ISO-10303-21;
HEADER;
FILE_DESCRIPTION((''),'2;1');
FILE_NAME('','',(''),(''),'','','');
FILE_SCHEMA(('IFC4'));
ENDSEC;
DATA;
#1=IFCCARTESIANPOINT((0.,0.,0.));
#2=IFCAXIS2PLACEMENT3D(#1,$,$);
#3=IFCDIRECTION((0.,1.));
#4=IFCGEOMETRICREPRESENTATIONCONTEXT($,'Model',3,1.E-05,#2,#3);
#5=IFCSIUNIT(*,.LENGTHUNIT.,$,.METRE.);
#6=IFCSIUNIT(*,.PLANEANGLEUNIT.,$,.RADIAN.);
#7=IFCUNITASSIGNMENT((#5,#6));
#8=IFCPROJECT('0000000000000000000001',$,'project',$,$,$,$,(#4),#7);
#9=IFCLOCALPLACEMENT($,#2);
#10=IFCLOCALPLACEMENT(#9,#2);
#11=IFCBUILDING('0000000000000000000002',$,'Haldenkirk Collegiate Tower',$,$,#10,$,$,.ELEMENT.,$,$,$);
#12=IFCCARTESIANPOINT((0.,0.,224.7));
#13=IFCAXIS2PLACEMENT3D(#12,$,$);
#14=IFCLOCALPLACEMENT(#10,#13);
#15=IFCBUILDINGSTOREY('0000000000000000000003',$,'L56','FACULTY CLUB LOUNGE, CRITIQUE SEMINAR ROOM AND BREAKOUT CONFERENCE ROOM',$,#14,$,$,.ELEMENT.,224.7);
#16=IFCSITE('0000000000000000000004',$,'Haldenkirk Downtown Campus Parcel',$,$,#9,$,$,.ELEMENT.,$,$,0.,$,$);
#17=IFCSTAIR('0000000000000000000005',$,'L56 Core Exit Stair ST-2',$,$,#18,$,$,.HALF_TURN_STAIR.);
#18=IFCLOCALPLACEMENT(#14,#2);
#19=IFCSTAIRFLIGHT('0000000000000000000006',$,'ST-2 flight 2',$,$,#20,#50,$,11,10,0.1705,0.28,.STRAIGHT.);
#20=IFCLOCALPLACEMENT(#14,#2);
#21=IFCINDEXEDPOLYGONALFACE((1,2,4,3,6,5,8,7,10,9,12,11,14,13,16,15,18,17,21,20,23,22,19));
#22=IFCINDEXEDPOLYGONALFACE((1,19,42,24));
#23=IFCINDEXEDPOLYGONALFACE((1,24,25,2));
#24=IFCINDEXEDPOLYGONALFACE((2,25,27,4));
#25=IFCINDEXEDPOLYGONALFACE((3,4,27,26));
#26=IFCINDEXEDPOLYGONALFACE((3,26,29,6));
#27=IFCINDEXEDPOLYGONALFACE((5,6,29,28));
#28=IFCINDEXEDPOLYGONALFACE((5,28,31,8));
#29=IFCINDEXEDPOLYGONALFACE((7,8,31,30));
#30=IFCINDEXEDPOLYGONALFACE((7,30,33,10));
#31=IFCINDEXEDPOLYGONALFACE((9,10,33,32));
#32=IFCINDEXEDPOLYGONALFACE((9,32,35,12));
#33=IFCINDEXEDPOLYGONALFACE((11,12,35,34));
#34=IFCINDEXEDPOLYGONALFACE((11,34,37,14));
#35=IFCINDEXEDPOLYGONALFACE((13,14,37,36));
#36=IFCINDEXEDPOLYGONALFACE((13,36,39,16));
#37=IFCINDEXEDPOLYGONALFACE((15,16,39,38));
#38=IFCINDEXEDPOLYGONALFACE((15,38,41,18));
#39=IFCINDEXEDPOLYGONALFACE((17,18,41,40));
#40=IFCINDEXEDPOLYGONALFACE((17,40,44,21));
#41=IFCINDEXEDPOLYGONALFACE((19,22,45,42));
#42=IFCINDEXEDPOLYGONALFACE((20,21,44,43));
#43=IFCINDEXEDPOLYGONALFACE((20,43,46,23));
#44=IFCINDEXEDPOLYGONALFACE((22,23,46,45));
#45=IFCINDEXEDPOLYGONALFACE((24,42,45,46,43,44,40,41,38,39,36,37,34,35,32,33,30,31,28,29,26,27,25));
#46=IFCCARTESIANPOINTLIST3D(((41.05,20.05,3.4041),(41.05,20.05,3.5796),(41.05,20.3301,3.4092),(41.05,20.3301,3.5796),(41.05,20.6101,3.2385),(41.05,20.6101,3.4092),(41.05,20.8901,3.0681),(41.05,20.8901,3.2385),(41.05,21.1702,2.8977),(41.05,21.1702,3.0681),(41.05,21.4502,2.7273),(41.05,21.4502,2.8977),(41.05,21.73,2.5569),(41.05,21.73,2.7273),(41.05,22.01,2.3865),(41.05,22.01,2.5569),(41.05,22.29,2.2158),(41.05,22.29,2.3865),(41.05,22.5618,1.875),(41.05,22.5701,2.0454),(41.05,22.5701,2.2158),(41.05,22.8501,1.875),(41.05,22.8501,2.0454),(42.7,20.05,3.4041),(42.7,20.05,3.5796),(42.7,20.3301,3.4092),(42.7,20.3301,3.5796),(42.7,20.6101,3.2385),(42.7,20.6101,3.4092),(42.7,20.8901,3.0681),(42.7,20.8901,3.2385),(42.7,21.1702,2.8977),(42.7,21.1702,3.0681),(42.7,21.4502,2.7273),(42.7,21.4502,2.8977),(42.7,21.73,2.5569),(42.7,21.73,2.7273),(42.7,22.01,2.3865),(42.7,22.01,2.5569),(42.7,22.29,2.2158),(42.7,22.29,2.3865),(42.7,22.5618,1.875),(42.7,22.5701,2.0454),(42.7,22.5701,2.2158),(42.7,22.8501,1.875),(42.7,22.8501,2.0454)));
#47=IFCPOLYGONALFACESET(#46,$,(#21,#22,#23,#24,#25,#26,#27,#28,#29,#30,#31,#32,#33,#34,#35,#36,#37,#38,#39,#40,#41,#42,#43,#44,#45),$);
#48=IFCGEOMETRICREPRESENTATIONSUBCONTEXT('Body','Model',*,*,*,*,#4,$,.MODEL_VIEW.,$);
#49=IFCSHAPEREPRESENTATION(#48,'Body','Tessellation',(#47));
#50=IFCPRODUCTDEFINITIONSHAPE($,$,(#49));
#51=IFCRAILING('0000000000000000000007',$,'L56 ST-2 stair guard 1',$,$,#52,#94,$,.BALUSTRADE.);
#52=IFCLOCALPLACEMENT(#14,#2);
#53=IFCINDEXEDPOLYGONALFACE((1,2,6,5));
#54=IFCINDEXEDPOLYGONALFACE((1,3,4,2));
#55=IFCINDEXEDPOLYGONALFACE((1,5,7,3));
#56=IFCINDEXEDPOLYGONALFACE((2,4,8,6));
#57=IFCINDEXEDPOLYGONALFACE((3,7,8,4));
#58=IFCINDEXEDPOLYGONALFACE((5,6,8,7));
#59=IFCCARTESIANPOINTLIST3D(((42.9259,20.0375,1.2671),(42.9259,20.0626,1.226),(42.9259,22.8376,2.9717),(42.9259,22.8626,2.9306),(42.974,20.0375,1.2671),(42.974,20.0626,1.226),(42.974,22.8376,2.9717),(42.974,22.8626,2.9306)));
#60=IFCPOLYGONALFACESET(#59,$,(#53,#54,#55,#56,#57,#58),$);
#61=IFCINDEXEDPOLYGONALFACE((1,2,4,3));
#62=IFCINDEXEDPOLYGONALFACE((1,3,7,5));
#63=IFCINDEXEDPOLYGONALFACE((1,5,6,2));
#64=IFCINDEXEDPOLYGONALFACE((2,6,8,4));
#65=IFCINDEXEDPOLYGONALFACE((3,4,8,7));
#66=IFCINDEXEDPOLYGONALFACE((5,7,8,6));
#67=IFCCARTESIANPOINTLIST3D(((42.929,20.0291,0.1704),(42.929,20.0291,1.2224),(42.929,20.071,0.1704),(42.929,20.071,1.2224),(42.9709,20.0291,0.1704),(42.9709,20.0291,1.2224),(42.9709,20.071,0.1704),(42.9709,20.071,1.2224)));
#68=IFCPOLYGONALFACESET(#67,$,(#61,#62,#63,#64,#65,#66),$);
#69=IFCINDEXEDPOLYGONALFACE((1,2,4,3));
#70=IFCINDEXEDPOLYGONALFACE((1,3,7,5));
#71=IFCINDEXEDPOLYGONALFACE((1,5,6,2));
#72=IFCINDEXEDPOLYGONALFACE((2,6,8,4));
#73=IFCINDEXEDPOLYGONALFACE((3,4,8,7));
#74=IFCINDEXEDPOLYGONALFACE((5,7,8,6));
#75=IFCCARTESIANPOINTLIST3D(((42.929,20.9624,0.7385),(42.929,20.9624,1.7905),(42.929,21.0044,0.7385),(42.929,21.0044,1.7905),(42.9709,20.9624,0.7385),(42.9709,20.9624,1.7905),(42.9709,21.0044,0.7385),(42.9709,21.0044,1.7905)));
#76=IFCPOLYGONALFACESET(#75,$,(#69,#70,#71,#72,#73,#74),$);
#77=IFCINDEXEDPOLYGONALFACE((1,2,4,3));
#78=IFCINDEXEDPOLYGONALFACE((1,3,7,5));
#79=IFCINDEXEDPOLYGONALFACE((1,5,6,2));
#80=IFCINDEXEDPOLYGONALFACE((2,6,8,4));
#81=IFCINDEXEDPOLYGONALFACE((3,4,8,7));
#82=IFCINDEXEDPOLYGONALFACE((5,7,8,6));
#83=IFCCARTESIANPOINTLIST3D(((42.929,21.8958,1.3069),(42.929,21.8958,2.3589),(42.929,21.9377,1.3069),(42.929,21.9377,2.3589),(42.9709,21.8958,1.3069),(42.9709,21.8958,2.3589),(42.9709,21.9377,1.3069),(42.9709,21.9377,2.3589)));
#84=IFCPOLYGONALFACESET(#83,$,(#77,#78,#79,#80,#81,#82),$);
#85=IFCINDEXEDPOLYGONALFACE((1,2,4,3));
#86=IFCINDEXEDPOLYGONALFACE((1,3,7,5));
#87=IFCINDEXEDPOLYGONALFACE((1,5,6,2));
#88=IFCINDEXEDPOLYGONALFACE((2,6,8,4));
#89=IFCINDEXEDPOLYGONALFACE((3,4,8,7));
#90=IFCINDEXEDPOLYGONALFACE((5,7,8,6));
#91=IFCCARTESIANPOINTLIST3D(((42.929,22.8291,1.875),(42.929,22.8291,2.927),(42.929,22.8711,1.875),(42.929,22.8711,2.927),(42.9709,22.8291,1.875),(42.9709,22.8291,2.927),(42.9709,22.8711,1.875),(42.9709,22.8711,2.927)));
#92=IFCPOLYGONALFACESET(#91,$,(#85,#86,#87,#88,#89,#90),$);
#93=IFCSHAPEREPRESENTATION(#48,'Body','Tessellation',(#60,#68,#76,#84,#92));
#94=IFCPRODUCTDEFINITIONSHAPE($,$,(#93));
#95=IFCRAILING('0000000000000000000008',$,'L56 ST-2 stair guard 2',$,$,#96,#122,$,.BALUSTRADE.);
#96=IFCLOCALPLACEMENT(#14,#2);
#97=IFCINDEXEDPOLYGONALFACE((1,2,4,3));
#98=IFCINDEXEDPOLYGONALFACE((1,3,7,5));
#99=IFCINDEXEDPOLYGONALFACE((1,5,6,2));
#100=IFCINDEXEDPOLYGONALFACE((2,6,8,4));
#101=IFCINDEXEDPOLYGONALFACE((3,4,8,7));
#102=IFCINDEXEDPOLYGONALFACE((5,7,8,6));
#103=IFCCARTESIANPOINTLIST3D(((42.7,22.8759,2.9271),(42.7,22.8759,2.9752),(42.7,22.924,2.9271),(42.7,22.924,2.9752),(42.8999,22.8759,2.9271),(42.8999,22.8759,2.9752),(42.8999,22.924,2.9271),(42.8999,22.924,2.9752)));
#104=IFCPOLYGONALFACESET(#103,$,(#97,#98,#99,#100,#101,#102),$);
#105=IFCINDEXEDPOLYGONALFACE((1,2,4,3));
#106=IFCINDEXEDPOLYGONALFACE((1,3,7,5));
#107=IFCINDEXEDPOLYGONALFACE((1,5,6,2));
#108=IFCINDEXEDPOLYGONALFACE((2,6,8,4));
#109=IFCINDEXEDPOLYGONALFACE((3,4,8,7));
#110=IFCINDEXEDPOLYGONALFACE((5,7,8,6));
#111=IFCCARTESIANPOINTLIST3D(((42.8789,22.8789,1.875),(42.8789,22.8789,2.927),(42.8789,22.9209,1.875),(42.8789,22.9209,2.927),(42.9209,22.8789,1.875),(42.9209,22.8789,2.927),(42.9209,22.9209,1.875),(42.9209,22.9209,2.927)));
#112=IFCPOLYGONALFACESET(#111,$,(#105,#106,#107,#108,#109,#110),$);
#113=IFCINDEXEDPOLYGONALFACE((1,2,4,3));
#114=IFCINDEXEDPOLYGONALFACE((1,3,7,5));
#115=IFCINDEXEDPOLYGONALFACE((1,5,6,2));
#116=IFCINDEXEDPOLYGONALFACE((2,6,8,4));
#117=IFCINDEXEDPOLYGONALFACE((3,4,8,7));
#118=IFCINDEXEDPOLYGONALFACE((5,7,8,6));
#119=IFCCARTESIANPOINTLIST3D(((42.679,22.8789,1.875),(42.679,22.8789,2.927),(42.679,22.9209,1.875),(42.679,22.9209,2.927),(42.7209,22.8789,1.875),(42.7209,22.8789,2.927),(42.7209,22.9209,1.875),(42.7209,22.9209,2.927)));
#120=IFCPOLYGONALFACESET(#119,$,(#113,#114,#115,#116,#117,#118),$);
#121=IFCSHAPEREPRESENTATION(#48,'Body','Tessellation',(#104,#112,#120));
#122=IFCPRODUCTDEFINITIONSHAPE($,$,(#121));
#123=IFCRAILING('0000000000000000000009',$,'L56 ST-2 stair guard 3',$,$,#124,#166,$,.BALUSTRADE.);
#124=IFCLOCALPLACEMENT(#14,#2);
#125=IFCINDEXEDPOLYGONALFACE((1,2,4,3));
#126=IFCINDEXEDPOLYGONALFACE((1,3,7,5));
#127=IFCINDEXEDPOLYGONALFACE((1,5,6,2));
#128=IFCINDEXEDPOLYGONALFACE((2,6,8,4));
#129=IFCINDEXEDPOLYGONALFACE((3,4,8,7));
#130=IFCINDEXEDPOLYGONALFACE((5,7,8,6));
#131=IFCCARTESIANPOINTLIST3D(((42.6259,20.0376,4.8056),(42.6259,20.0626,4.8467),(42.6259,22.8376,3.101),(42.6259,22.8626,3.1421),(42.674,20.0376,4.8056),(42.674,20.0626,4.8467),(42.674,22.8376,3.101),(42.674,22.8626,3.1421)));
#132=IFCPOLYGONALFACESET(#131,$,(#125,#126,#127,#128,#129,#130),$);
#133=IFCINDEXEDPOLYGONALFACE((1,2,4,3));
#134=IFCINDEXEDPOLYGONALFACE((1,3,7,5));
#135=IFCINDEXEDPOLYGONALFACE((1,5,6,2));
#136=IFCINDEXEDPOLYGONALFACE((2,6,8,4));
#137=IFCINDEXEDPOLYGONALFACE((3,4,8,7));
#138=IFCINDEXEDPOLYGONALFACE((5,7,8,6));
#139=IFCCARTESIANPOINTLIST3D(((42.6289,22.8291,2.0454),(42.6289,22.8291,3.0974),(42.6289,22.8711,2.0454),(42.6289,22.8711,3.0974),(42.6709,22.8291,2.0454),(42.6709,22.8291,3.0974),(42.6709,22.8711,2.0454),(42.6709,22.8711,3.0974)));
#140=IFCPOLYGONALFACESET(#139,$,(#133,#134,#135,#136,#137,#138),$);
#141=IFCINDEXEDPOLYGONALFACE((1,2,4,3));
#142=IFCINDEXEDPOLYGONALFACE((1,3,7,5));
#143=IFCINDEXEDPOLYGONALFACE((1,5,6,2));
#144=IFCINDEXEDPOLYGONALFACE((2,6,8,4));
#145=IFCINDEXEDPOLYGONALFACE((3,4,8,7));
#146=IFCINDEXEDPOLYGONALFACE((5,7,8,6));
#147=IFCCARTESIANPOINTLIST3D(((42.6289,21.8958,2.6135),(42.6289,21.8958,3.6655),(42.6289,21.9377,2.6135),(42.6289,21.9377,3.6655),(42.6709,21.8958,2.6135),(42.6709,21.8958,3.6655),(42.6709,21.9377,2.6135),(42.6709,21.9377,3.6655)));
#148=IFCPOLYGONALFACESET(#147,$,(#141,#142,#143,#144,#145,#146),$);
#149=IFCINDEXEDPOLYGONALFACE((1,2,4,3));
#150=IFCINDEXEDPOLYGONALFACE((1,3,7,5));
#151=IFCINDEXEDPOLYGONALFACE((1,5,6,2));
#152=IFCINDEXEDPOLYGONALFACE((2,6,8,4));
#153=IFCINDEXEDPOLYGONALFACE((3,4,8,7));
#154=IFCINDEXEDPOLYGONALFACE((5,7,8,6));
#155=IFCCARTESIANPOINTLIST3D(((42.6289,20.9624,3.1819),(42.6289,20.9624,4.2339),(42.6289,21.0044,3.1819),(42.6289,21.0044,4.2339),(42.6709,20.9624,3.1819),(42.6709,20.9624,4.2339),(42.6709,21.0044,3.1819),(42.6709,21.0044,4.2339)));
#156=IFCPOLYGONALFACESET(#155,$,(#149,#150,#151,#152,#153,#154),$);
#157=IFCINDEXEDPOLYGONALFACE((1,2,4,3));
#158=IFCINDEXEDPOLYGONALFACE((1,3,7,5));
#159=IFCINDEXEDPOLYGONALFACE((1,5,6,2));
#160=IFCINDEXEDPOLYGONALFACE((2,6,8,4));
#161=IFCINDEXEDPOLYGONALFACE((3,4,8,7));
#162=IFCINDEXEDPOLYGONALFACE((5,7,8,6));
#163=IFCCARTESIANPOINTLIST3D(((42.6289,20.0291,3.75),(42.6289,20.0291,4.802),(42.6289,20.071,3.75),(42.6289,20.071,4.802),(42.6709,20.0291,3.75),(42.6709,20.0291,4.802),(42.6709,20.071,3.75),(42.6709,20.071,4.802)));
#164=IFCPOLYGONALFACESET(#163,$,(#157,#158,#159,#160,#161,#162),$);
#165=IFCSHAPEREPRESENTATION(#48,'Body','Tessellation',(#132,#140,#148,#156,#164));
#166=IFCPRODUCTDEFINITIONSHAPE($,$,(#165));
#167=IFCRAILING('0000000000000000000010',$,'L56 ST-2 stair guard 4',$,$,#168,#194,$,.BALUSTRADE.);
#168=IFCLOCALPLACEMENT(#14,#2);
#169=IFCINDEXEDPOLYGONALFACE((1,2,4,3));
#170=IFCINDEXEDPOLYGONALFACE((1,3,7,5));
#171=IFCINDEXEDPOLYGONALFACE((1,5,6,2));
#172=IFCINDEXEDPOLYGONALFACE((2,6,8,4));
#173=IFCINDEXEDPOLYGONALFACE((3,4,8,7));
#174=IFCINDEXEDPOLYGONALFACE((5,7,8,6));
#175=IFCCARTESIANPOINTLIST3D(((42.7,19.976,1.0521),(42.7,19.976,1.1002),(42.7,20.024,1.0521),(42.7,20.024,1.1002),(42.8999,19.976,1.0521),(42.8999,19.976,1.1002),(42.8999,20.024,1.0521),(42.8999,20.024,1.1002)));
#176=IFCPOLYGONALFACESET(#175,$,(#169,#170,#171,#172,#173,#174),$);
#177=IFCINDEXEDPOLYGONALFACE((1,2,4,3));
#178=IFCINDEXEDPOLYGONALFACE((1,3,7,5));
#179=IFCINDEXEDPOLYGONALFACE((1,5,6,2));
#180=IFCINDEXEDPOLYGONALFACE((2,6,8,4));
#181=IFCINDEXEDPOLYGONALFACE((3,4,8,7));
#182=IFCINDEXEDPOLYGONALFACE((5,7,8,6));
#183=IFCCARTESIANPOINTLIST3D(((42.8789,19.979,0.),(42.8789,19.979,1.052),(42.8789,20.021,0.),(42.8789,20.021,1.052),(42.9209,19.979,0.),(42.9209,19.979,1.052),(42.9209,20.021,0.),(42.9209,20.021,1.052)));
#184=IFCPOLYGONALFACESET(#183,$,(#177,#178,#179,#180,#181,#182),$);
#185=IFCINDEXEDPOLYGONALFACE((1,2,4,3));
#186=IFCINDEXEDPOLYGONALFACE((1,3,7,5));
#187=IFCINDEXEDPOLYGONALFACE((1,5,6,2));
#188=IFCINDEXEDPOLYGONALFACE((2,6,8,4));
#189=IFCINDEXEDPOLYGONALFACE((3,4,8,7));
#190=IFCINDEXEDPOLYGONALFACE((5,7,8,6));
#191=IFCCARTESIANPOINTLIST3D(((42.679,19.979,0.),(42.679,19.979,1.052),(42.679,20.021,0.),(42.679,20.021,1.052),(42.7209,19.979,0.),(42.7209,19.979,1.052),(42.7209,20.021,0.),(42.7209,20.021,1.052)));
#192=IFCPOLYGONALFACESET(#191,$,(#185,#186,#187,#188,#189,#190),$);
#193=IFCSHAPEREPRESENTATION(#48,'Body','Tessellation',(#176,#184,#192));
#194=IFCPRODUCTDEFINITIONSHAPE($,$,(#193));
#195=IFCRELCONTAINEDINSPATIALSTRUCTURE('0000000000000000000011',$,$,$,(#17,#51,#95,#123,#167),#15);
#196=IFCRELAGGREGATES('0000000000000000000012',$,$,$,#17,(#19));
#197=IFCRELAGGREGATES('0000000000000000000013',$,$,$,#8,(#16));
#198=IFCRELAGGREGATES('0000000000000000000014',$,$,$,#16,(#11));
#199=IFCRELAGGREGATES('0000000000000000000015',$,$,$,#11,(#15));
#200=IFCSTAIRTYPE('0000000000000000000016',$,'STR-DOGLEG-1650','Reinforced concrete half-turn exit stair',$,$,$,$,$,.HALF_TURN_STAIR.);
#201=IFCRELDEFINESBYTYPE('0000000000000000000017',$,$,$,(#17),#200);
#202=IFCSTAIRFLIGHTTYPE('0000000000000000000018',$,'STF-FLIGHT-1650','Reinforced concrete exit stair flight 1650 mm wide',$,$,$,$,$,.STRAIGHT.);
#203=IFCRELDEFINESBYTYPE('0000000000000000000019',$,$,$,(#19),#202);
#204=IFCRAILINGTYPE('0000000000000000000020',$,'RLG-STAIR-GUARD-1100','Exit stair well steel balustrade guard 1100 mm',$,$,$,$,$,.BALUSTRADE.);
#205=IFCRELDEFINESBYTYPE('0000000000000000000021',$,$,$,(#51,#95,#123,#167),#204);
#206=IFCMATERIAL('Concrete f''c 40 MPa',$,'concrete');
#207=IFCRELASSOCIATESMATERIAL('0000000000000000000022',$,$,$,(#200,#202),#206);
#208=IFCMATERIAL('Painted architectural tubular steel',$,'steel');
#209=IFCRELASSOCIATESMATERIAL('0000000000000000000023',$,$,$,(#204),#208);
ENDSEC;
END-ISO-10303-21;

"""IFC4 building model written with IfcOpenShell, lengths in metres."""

from ifc_helpers import new_model, si_unit, direction, frame, origin, origin_2d, place, context, subcontext, project, spatial, polyline, rectangle, outline, extrude, material, type_object, element, aggregate, save


model = new_model("IFC4")

# Units and contexts
model_context = context("Model", 3, precision=1e-05, world=origin(), true_north=direction((0.0, 1.0)))
body_context = subcontext(model_context, "Body", "Model", "MODEL_VIEW")
ifc_project = project(units=[si_unit("LENGTHUNIT", "METRE"), si_unit("PLANEANGLEUNIT", "RADIAN")], contexts=[model_context])

# Site, building, storey
site_placement = place(None, origin())
site = spatial("IfcSite", under=ifc_project, at=site_placement, Name="Haldenkirk Downtown Campus Parcel", CompositionType="ELEMENT", RefElevation=0.0)
building_placement = place(site_placement, origin())
building = spatial("IfcBuilding", under=site, at=building_placement, Name="Haldenkirk Collegiate Tower", CompositionType="ELEMENT")
storey_placement = place(building_placement, frame((0.0, 0.0, 224.7)))
storey = spatial("IfcBuildingStorey", under=building, at=storey_placement, Name="L56", Description="FACULTY CLUB LOUNGE, CRITIQUE SEMINAR ROOM AND BREAKOUT CONFERENCE ROOM", CompositionType="ELEMENT", Elevation=224.7)

# Stair, stair flight
ifc_material_1 = material(Name="Concrete f'c 40 MPa", Category="concrete")
stair_type = type_object("IfcStairType", Name="STR-DOGLEG-1650", Description="Reinforced concrete half-turn exit stair", PredefinedType="HALF_TURN_STAIR", material=ifc_material_1)
stair_placement = place(storey_placement, origin())
stair = element("IfcStair", 1, at=stair_placement, inside=storey, type_object=stair_type, Name="L56 Core Exit Stair ST-2", PredefinedType="HALF_TURN_STAIR")
stair_flight_type = type_object("IfcStairFlightType", Name="STF-FLIGHT-1650", Description="Reinforced concrete exit stair flight 1650 mm wide", PredefinedType="STRAIGHT", material=ifc_material_1)
stair_flight_1_placement = place(storey_placement, frame((41.875, 22.8501, 1.875), z_axis=(0.0, 0.0, 1.0), x_axis=(0.0, -1.0, 0.0)))
stair_flight_1 = element("IfcStairFlight", 2, at=stair_flight_1_placement, type_object=stair_flight_type, Name="ST-2 flight 2", NumberOfRisers=11, NumberOfTreads=10, PredefinedType="STRAIGHT", RiserHeight=0.1705, TreadLength=0.28, context=body_context, shape_type="SweptSolid", body=[
    extrude(outline(polyline([(0.0, 0.0), (0.0, 0.1704), (0.28, 0.1704), (0.28, 0.3408), (0.5601, 0.3408), (0.5601, 0.5115), (0.8401, 0.5115), (0.8401, 0.6819), (1.1201, 0.6819), (1.1201, 0.8523), (1.3999, 0.8523), (1.3999, 1.0227), (1.6799, 1.0227), (1.6799, 1.1931), (1.96, 1.1931), (1.96, 1.3635), (2.24, 1.3635), (2.24, 1.5342), (2.52, 1.5342), (2.52, 1.7046), (2.8, 1.7046), (2.8, 1.875), (2.8, 1.5291), (0.2883, 0.0), (0.0, 0.0)])), frame((0.0, 0.825, 0.0), z_axis=(0.0, -1.0, 0.0), x_axis=(1.0, 0.0, 0.0)), (0.0, 0.0, 1.0), 1.6499),
])
aggregate(stair, [stair_flight_1])

# Railings
ifc_material_2 = material(Name="Painted architectural tubular steel", Category="steel")
railing_type_1 = type_object("IfcRailingType", Name="RLG-STAIR-GUARD-1100", Description="Exit stair well steel balustrade guard 1100 mm", PredefinedType="BALUSTRADE", material=ifc_material_2)
railing_1_placement = place(storey_placement, frame((42.95, 20.05, 0.1704)))
element("IfcRailing", 3, at=railing_1_placement, inside=storey, type_object=railing_type_1, Name="L56 ST-2 stair guard 1", PredefinedType="BALUSTRADE", context=body_context, shape_type="SweptSolid", body=[
    extrude(rectangle(XDim=0.0481, YDim=0.0481, at=origin_2d()), frame((0.0, 0.0, 1.0762), z_axis=(0.0, 0.85417, 0.519994), x_axis=(-1.0, 0.0, 0.0)), (0.0, 0.0, 1.0), 3.2781),
    extrude(rectangle(XDim=0.042, YDim=0.042, at=origin_2d()), origin(), (0.0, 0.0, 1.0), 1.052),
    extrude(rectangle(XDim=0.042, YDim=0.042, at=origin_2d()), frame((0.0, 0.9333, 0.5681)), (0.0, 0.0, 1.0), 1.052),
    extrude(rectangle(XDim=0.042, YDim=0.042, at=origin_2d()), frame((0.0, 1.8667, 1.1365)), (0.0, 0.0, 1.0), 1.052),
    extrude(rectangle(XDim=0.042, YDim=0.042, at=origin_2d()), frame((0.0, 2.8, 1.7046)), (0.0, 0.0, 1.0), 1.052),
])
railing_2_placement = place(storey_placement, frame((42.8999, 22.8999, 1.875)))
element("IfcRailing", 4, at=railing_2_placement, inside=storey, type_object=railing_type_1, Name="L56 ST-2 stair guard 2", PredefinedType="BALUSTRADE", context=body_context, shape_type="SweptSolid", body=[
    extrude(rectangle(XDim=0.0481, YDim=0.0481, at=origin_2d()), frame((0.0, 0.0, 1.0762), z_axis=(-1.0, 0.0, 0.0), x_axis=(0.0, -1.0, 0.0)), (0.0, 0.0, 1.0), 0.2),
    extrude(rectangle(XDim=0.042, YDim=0.042, at=origin_2d()), origin(), (0.0, 0.0, 1.0), 1.052),
    extrude(rectangle(XDim=0.042, YDim=0.042, at=origin_2d()), frame((-0.2, 0.0, 0.0)), (0.0, 0.0, 1.0), 1.052),
])
railing_3_placement = place(storey_placement, frame((42.6499, 22.8501, 2.0454)))
element("IfcRailing", 5, at=railing_3_placement, inside=storey, type_object=railing_type_1, Name="L56 ST-2 stair guard 3", PredefinedType="BALUSTRADE", context=body_context, shape_type="SweptSolid", body=[
    extrude(rectangle(XDim=0.0481, YDim=0.0481, at=origin_2d()), frame((0.0, 0.0, 1.0762), z_axis=(0.0, -0.85417, 0.519994), x_axis=(1.0, 0.0, 0.0)), (0.0, 0.0, 1.0), 3.2781),
    extrude(rectangle(XDim=0.042, YDim=0.042, at=origin_2d()), origin(), (0.0, 0.0, 1.0), 1.052),
    extrude(rectangle(XDim=0.042, YDim=0.042, at=origin_2d()), frame((0.0, -0.9333, 0.5681)), (0.0, 0.0, 1.0), 1.052),
    extrude(rectangle(XDim=0.042, YDim=0.042, at=origin_2d()), frame((0.0, -1.8667, 1.1365)), (0.0, 0.0, 1.0), 1.052),
    extrude(rectangle(XDim=0.042, YDim=0.042, at=origin_2d()), frame((0.0, -2.8, 1.7046)), (0.0, 0.0, 1.0), 1.052),
])
railing_4_placement = place(storey_placement, frame((42.8999, 20.0, 0.0)))
element("IfcRailing", 6, at=railing_4_placement, inside=storey, type_object=railing_type_1, Name="L56 ST-2 stair guard 4", PredefinedType="BALUSTRADE", context=body_context, shape_type="SweptSolid", body=[
    extrude(rectangle(XDim=0.0481, YDim=0.0481, at=origin_2d()), frame((0.0, 0.0, 1.0762), z_axis=(-1.0, 0.0, 0.0), x_axis=(0.0, -1.0, 0.0)), (0.0, 0.0, 1.0), 0.2),
    extrude(rectangle(XDim=0.042, YDim=0.042, at=origin_2d()), origin(), (0.0, 0.0, 1.0), 1.052),
    extrude(rectangle(XDim=0.042, YDim=0.042, at=origin_2d()), frame((-0.2, 0.0, 0.0)), (0.0, 0.0, 1.0), 1.052),
])

save(model, "model.ifc")
